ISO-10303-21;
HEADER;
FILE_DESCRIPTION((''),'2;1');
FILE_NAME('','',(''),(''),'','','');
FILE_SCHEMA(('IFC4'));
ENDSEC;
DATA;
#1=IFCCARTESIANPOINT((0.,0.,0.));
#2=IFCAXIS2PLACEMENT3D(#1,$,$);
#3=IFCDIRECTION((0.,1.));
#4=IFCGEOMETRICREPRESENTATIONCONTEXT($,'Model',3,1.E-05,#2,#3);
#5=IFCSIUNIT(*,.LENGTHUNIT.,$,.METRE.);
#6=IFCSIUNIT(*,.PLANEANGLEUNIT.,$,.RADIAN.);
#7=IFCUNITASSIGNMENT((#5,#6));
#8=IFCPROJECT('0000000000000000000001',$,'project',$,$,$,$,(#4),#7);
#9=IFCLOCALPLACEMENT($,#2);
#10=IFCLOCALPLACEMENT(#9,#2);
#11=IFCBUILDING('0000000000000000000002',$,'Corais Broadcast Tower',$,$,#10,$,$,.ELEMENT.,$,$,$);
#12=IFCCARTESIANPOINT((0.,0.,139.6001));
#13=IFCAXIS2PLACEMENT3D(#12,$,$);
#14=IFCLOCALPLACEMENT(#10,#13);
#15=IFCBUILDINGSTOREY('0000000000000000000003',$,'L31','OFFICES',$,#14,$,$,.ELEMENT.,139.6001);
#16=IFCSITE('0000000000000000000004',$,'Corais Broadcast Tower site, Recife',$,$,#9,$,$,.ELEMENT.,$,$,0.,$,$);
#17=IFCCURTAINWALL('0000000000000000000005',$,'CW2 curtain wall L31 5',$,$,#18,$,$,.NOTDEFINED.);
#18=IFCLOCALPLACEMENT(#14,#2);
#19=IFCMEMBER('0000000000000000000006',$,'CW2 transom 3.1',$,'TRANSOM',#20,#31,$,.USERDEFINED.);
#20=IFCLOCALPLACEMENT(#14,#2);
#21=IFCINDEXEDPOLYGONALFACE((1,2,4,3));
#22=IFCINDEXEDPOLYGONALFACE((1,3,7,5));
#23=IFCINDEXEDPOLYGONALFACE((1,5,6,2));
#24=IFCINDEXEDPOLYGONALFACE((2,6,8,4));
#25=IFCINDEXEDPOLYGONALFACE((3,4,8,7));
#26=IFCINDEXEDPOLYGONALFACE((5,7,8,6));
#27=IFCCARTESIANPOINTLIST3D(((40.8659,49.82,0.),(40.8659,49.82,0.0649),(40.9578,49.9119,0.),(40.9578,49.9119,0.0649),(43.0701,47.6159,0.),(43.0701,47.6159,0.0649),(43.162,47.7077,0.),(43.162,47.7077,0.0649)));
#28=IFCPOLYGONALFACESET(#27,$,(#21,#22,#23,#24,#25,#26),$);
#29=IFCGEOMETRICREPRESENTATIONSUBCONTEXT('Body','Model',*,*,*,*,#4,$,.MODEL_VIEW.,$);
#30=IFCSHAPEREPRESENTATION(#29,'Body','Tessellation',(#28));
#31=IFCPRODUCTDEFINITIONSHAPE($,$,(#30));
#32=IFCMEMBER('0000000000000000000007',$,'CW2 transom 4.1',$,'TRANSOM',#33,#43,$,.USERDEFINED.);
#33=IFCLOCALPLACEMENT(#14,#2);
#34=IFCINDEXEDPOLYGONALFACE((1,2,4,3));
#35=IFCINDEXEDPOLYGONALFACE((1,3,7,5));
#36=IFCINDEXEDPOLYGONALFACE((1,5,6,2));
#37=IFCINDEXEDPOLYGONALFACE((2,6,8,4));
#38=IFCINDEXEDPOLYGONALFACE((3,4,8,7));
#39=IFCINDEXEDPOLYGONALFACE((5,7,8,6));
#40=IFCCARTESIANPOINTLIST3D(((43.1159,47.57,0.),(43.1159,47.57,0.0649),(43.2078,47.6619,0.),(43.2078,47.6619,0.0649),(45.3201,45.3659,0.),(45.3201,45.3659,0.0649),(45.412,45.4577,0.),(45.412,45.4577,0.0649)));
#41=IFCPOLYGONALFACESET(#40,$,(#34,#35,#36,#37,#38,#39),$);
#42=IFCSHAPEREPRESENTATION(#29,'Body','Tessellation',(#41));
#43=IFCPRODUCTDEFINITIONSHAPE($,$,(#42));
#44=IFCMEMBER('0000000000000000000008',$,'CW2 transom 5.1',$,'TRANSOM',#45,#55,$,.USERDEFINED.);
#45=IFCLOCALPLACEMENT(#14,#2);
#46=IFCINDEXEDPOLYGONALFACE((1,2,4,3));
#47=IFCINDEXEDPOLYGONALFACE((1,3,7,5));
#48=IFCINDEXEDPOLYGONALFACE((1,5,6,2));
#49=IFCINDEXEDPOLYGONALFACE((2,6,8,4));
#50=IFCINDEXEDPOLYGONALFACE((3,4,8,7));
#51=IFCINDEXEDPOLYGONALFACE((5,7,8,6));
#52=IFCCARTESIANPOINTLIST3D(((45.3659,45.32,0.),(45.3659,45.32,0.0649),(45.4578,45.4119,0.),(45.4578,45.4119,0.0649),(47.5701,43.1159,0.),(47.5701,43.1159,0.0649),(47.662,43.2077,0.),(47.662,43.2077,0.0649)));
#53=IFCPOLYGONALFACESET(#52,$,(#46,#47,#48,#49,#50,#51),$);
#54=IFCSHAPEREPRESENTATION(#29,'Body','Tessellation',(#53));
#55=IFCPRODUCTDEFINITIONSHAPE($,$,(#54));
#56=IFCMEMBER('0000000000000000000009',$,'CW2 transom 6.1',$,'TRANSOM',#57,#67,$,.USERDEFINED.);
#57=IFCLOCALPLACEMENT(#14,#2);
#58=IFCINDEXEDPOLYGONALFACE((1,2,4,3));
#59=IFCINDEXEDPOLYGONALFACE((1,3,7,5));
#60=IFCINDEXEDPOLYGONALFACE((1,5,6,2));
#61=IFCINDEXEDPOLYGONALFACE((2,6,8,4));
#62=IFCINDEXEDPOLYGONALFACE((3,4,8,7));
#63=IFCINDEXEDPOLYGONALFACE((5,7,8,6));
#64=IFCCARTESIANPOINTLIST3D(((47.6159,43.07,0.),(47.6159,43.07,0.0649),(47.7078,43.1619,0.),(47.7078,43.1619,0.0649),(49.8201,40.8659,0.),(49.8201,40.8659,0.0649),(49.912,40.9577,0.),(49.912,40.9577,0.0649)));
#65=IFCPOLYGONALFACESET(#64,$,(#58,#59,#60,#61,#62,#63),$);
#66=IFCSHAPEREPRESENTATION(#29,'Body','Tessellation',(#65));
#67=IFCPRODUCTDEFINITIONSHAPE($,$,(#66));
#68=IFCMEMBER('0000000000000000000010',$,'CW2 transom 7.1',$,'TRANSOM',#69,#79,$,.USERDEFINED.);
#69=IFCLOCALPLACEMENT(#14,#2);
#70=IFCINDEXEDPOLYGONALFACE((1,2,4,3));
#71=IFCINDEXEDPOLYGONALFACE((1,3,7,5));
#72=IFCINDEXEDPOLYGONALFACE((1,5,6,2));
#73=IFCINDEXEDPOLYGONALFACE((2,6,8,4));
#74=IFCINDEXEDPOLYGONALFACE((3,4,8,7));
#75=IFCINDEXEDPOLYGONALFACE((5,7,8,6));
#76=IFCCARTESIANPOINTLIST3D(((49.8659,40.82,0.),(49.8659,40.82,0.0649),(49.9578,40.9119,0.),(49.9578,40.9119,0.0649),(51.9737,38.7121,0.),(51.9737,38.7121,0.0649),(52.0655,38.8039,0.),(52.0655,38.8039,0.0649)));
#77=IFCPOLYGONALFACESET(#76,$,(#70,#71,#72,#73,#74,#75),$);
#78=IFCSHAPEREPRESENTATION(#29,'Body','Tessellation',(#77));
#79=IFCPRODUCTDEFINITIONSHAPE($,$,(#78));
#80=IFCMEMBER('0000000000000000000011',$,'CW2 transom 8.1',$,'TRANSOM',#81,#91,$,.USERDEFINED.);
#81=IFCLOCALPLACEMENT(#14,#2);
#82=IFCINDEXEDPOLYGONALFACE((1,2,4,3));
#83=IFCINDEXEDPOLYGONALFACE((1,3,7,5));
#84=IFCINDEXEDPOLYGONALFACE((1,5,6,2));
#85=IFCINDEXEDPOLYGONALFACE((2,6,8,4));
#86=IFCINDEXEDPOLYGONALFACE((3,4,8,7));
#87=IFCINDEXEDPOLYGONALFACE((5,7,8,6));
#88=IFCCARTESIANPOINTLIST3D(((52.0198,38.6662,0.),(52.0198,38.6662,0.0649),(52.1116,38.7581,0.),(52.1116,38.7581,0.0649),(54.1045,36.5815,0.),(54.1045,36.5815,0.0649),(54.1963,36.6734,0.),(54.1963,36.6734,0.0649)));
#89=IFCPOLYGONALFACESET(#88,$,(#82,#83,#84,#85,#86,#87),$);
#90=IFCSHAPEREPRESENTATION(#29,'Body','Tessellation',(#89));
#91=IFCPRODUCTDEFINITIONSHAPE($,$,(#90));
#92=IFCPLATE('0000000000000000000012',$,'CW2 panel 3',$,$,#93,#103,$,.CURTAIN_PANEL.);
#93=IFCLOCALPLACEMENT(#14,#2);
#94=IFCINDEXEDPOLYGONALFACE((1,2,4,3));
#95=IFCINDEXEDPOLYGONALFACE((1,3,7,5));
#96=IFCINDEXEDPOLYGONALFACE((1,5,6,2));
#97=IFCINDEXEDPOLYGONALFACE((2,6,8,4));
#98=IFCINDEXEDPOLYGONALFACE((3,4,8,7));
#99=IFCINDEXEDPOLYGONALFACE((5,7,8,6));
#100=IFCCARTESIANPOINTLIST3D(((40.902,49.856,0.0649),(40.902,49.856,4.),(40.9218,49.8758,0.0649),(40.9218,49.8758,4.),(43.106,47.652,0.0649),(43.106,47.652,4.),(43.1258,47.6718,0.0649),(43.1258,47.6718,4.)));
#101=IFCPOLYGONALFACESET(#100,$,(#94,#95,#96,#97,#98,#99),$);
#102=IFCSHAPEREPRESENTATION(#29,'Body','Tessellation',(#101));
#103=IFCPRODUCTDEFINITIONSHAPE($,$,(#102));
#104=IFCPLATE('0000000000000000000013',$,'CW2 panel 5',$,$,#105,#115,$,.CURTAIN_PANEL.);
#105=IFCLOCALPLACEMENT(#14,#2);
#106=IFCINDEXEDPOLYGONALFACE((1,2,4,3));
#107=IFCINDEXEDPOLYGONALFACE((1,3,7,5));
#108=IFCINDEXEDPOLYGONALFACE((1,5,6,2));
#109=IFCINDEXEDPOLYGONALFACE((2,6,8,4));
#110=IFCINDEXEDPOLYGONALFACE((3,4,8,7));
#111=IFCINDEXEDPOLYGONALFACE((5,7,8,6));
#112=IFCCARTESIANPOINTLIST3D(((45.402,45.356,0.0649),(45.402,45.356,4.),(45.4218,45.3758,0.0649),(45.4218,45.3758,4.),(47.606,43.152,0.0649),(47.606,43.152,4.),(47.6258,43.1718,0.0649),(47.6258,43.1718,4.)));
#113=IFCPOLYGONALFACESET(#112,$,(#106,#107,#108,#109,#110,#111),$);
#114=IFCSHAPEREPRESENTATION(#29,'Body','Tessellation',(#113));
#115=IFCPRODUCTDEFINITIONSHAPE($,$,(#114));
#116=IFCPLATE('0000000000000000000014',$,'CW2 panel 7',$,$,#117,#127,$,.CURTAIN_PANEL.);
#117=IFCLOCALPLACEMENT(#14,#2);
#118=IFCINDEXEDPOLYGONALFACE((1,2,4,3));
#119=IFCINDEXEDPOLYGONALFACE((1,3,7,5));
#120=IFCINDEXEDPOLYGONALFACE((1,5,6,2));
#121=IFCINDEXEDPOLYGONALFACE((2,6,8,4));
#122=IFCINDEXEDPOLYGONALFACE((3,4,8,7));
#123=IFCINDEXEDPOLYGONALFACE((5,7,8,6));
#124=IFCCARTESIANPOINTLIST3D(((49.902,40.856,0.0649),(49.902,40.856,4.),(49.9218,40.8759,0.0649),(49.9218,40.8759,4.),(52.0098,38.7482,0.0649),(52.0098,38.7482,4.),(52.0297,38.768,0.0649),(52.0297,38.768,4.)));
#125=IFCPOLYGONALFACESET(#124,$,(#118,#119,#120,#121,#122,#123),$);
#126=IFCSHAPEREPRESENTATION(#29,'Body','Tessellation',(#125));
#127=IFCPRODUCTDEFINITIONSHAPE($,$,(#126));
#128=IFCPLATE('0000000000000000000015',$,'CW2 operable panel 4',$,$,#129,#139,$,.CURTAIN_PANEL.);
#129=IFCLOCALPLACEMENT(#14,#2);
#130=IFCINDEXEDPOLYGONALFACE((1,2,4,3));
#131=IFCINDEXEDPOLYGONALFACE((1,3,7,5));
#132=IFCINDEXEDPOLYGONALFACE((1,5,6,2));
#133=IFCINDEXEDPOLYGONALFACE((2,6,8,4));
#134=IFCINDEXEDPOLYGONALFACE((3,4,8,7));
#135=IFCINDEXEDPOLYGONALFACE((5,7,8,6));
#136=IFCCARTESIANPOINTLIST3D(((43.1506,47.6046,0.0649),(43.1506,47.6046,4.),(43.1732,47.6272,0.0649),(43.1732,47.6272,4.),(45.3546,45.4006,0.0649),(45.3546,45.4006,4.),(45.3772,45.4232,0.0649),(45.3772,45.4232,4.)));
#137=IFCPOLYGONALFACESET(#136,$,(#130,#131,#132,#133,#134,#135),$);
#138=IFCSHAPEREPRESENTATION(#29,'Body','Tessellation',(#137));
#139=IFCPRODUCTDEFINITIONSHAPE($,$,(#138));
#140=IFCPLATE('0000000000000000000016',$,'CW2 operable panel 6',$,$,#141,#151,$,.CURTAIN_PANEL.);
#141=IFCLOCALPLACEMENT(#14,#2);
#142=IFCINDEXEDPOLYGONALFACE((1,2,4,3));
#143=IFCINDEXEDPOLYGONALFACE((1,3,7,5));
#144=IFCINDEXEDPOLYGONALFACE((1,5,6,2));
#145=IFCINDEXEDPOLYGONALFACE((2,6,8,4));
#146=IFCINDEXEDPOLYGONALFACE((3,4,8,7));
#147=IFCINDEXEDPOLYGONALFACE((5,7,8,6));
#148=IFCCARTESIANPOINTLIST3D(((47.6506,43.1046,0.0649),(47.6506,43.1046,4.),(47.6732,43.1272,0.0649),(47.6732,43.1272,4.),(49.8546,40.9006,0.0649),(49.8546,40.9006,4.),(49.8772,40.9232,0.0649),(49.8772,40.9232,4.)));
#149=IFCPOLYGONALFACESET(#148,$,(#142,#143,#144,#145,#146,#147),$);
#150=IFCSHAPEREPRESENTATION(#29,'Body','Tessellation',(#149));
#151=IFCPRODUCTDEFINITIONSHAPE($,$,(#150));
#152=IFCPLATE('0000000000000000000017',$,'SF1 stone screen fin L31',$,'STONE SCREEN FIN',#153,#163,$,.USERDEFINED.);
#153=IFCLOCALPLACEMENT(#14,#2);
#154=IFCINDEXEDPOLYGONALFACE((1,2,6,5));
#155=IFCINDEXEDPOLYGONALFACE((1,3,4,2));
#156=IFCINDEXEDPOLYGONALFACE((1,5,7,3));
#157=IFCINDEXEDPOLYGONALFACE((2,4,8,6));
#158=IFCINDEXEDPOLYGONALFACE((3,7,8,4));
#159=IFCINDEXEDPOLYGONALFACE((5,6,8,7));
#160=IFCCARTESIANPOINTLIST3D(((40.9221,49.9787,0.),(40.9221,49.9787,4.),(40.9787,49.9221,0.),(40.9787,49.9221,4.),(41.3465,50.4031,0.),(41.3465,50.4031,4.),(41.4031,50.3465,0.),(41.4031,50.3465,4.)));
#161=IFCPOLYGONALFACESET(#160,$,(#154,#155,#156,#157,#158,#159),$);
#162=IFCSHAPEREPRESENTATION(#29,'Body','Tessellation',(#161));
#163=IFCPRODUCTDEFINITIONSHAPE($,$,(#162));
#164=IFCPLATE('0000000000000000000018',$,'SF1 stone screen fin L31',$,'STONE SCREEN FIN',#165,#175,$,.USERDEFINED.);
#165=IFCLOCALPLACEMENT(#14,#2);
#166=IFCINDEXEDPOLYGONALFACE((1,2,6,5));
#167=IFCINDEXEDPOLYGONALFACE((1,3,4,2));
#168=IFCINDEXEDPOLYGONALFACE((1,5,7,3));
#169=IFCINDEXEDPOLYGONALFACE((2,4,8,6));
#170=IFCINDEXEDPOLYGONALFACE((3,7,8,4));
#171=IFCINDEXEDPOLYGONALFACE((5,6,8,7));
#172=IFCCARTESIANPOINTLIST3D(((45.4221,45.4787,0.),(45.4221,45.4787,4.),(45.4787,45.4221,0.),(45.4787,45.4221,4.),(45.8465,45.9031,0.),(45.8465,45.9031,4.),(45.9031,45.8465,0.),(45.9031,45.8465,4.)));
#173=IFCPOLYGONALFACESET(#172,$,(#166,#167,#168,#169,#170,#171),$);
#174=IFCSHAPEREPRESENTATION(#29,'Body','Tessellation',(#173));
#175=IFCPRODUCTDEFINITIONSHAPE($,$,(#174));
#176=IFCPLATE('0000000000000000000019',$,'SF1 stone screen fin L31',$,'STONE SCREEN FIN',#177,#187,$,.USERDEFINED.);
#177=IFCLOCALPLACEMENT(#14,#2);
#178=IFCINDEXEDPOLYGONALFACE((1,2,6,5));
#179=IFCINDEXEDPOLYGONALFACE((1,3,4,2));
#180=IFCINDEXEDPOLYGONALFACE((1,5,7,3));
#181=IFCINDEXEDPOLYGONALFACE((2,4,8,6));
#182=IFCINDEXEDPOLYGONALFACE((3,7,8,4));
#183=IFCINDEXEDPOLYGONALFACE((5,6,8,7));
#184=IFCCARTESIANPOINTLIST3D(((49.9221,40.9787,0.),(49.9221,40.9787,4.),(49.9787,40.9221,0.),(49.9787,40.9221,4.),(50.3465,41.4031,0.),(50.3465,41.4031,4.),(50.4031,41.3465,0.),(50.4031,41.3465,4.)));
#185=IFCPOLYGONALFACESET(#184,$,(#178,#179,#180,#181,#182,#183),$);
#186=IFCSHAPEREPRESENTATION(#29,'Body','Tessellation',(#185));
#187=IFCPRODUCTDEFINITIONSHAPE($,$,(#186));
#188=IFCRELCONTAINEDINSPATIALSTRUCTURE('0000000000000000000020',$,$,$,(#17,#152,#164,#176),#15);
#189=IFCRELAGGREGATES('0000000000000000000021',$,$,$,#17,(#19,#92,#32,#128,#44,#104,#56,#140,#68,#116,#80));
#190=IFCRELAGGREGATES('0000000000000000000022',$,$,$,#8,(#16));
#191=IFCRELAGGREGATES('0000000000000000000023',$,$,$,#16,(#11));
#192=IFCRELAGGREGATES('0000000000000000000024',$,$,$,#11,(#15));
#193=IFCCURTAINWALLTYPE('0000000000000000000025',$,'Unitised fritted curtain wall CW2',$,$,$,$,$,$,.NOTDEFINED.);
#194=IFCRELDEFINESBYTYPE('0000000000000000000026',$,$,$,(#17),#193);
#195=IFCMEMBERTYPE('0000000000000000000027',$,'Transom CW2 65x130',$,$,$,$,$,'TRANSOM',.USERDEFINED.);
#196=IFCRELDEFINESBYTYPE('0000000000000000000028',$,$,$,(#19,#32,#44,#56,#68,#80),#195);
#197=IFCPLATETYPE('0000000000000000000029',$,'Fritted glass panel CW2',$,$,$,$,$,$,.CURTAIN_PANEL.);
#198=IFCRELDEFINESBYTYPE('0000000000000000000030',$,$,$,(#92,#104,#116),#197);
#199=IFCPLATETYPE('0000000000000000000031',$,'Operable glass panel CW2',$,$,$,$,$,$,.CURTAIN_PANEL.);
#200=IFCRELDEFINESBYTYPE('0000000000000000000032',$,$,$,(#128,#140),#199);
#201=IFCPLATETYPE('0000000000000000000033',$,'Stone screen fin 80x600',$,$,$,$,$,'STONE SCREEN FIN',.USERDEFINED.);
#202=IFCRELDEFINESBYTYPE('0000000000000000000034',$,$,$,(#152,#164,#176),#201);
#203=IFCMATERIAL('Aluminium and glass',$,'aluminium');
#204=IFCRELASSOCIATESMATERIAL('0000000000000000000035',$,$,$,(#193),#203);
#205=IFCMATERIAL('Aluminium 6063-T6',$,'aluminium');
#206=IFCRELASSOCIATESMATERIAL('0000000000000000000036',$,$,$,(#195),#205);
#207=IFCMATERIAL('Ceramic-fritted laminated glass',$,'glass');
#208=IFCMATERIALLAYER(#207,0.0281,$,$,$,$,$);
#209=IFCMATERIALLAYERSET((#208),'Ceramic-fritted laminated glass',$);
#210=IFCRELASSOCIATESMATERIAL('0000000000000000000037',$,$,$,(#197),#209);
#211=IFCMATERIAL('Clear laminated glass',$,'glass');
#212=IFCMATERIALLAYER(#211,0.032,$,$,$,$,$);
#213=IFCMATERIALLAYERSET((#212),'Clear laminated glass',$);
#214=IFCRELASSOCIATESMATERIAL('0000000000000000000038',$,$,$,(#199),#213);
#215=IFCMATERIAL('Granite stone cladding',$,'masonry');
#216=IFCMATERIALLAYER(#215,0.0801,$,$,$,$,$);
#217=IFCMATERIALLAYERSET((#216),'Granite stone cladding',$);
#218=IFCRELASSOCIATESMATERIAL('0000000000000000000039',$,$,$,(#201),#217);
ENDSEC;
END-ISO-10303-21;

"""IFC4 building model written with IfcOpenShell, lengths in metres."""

from ifc_helpers import new_model, si_unit, direction, frame, origin, origin_2d, place, context, subcontext, project, spatial, rectangle, extrude, material, layer, layer_set, material_profile, profile_set, type_object, element, aggregate, save


model = new_model("IFC4")

# Units and contexts
model_context = context("Model", 3, precision=1e-05, world=origin(), true_north=direction((0.0, 1.0)))
body_context = subcontext(model_context, "Body", "Model", "MODEL_VIEW")
ifc_project = project(units=[si_unit("LENGTHUNIT", "METRE"), si_unit("PLANEANGLEUNIT", "RADIAN")], contexts=[model_context])

# Site, building, storey
site_placement = place(None, origin())
site = spatial("IfcSite", under=ifc_project, at=site_placement, Name="Corais Broadcast Tower site, Recife", CompositionType="ELEMENT", RefElevation=0.0)
building_placement = place(site_placement, origin())
building = spatial("IfcBuilding", under=site, at=building_placement, Name="Corais Broadcast Tower", CompositionType="ELEMENT")
storey_placement = place(building_placement, frame((0.0, 0.0, 139.6001)))
storey = spatial("IfcBuildingStorey", under=building, at=storey_placement, Name="L31", Description="OFFICES", CompositionType="ELEMENT", Elevation=139.6001)

# Curtain wall
ifc_material_1 = material(Name="Aluminium and glass", Category="aluminium")
curtain_wall_type = type_object("IfcCurtainWallType", Name="Unitised fritted curtain wall CW2", PredefinedType="NOTDEFINED", material=ifc_material_1)
curtain_wall_placement = place(storey_placement, origin())
curtain_wall = element("IfcCurtainWall", 1, at=curtain_wall_placement, inside=storey, type_object=curtain_wall_type, Name="CW2 curtain wall L31 5", PredefinedType="NOTDEFINED")

# Members
ifc_material_2 = material(Name="Aluminium 6063-T6", Category="aluminium")
ifc_material_profile_1 = material_profile(ifc_material_2, rectangle(XDim=0.1299, YDim=0.0649, at=origin_2d()), Name="Transom CW2 65x130")
ifc_profile_set_1 = profile_set([ifc_material_profile_1], Name="Aluminium 6063-T6")
member_type_1 = type_object("IfcMemberType", Name="Transom CW2 65x130", ElementType="TRANSOM", PredefinedType="USERDEFINED", material=ifc_profile_set_1)
member_1_placement = place(storey_placement, frame((40.9119, 49.866, 0.0325), z_axis=(0.707107, -0.707107, 0.0), x_axis=(0.707107, 0.707107, 0.0)))
member_1 = element("IfcMember", 2, at=member_1_placement, type_object=member_type_1, Name="CW2 transom 3.1", ObjectType="TRANSOM", PredefinedType="USERDEFINED", context=body_context, shape_type="SweptSolid", body=[
    extrude(rectangle(XDim=0.1299, YDim=0.0649, at=origin_2d()), origin(), (0.0, 0.0, 1.0), 3.1172),
])
member_2_placement = place(storey_placement, frame((43.1619, 47.616, 0.0325), z_axis=(0.707107, -0.707107, 0.0), x_axis=(0.707107, 0.707107, 0.0)))
member_2 = element("IfcMember", 3, at=member_2_placement, type_object=member_type_1, Name="CW2 transom 4.1", ObjectType="TRANSOM", PredefinedType="USERDEFINED", context=body_context, shape_type="SweptSolid", body=[
    extrude(rectangle(XDim=0.1299, YDim=0.0649, at=origin_2d()), origin(), (0.0, 0.0, 1.0), 3.1172),
])
member_3_placement = place(storey_placement, frame((45.4119, 45.366, 0.0325), z_axis=(0.707107, -0.707107, 0.0), x_axis=(0.707107, 0.707107, 0.0)))
member_3 = element("IfcMember", 4, at=member_3_placement, type_object=member_type_1, Name="CW2 transom 5.1", ObjectType="TRANSOM", PredefinedType="USERDEFINED", context=body_context, shape_type="SweptSolid", body=[
    extrude(rectangle(XDim=0.1299, YDim=0.0649, at=origin_2d()), origin(), (0.0, 0.0, 1.0), 3.1172),
])
member_4_placement = place(storey_placement, frame((47.6619, 43.116, 0.0325), z_axis=(0.707107, -0.707107, 0.0), x_axis=(0.707107, 0.707107, 0.0)))
member_4 = element("IfcMember", 5, at=member_4_placement, type_object=member_type_1, Name="CW2 transom 6.1", ObjectType="TRANSOM", PredefinedType="USERDEFINED", context=body_context, shape_type="SweptSolid", body=[
    extrude(rectangle(XDim=0.1299, YDim=0.0649, at=origin_2d()), origin(), (0.0, 0.0, 1.0), 3.1172),
])
member_5_placement = place(storey_placement, frame((49.9119, 40.866, 0.0325), z_axis=(0.707066, -0.707148, 0.0), x_axis=(0.707148, 0.707066, 0.0)))
member_5 = element("IfcMember", 6, at=member_5_placement, type_object=member_type_1, Name="CW2 transom 7.1", ObjectType="TRANSOM", PredefinedType="USERDEFINED", context=body_context, shape_type="SweptSolid", body=[
    extrude(rectangle(XDim=0.1299, YDim=0.0649, at=origin_2d()), origin(), (0.0, 0.0, 1.0), 2.981),
])
member_6_placement = place(storey_placement, frame((52.0657, 38.7122, 0.0325), z_axis=(0.707107, -0.707107, 0.0), x_axis=(0.707107, 0.707107, 0.0)))
member_6 = element("IfcMember", 7, at=member_6_placement, type_object=member_type_1, Name="CW2 transom 8.1", ObjectType="TRANSOM", PredefinedType="USERDEFINED", context=body_context, shape_type="SweptSolid", body=[
    extrude(rectangle(XDim=0.1299, YDim=0.0649, at=origin_2d()), origin(), (0.0, 0.0, 1.0), 2.9482),
])

# Plates
ifc_material_3 = material(Name="Ceramic-fritted laminated glass", Category="glass")
ifc_layer_1 = layer(ifc_material_3, 0.0281)
ifc_layer_set_1 = layer_set([ifc_layer_1], Name="Ceramic-fritted laminated glass")
plate_type_1 = type_object("IfcPlateType", Name="Fritted glass panel CW2", PredefinedType="CURTAIN_PANEL", material=ifc_layer_set_1)
plate_1_placement = place(storey_placement, frame((42.0139, 48.7639, 0.0649), z_axis=(0.0, 0.0, 1.0), x_axis=(0.707107, -0.707107, 0.0)))
plate_1 = element("IfcPlate", 8, at=plate_1_placement, type_object=plate_type_1, Name="CW2 panel 3", PredefinedType="CURTAIN_PANEL", context=body_context, shape_type="SweptSolid", body=[
    extrude(rectangle(XDim=3.1169, YDim=0.0281, at=origin_2d()), origin(), (0.0, 0.0, 1.0), 3.9351),
])
plate_2_placement = place(storey_placement, frame((46.5139, 44.2639, 0.0649), z_axis=(0.0, 0.0, 1.0), x_axis=(0.707107, -0.707107, 0.0)))
plate_2 = element("IfcPlate", 9, at=plate_2_placement, type_object=plate_type_1, Name="CW2 panel 5", PredefinedType="CURTAIN_PANEL", context=body_context, shape_type="SweptSolid", body=[
    extrude(rectangle(XDim=3.1169, YDim=0.0281, at=origin_2d()), origin(), (0.0, 0.0, 1.0), 3.9351),
])
plate_3_placement = place(storey_placement, frame((50.9658, 39.812, 0.0649), z_axis=(0.0, 0.0, 1.0), x_axis=(0.707107, -0.707107, 0.0)))
plate_3 = element("IfcPlate", 10, at=plate_3_placement, type_object=plate_type_1, Name="CW2 panel 7", PredefinedType="CURTAIN_PANEL", context=body_context, shape_type="SweptSolid", body=[
    extrude(rectangle(XDim=2.981, YDim=0.0281, at=origin_2d()), origin(), (0.0, 0.0, 1.0), 3.9351),
])
ifc_material_4 = material(Name="Clear laminated glass", Category="glass")
ifc_layer_2 = layer(ifc_material_4, 0.032)
ifc_layer_set_2 = layer_set([ifc_layer_2], Name="Clear laminated glass")
plate_type_2 = type_object("IfcPlateType", Name="Operable glass panel CW2", PredefinedType="CURTAIN_PANEL", material=ifc_layer_set_2)
plate_4_placement = place(storey_placement, frame((44.2639, 46.5139, 0.0649), z_axis=(0.0, 0.0, 1.0), x_axis=(0.707107, -0.707107, 0.0)))
plate_4 = element("IfcPlate", 11, at=plate_4_placement, type_object=plate_type_2, Name="CW2 operable panel 4", PredefinedType="CURTAIN_PANEL", context=body_context, shape_type="SweptSolid", body=[
    extrude(rectangle(XDim=3.1169, YDim=0.032, at=origin_2d()), origin(), (0.0, 0.0, 1.0), 3.9351),
])
plate_5_placement = place(storey_placement, frame((48.7639, 42.0139, 0.0649), z_axis=(0.0, 0.0, 1.0), x_axis=(0.707107, -0.707107, 0.0)))
plate_5 = element("IfcPlate", 12, at=plate_5_placement, type_object=plate_type_2, Name="CW2 operable panel 6", PredefinedType="CURTAIN_PANEL", context=body_context, shape_type="SweptSolid", body=[
    extrude(rectangle(XDim=3.1169, YDim=0.032, at=origin_2d()), origin(), (0.0, 0.0, 1.0), 3.9351),
])
aggregate(curtain_wall, [member_1, plate_1, member_2, plate_4, member_3, plate_2, member_4, plate_5, member_5, plate_3, member_6])

# Plates
ifc_material_5 = material(Name="Granite stone cladding", Category="masonry")
ifc_layer_3 = layer(ifc_material_5, 0.0801)
ifc_layer_set_3 = layer_set([ifc_layer_3], Name="Granite stone cladding")
plate_type_3 = type_object("IfcPlateType", Name="Stone screen fin 80x600", ElementType="STONE SCREEN FIN", PredefinedType="USERDEFINED", material=ifc_layer_set_3)
for number, where, z_axis, x_axis, name in (
    (13, (41.1626, 50.1626, 0.0), (0.0, 0.0, 1.0), (0.707107, -0.707107, 0.0), "SF1 stone screen fin L31"),
    (14, (45.6626, 45.6626, 0.0), (0.0, 0.0, 1.0), (0.707107, -0.707107, 0.0), "SF1 stone screen fin L31"),
    (15, (50.1626, 41.1626, 0.0), (0.0, 0.0, 1.0), (0.707107, -0.707107, 0.0), "SF1 stone screen fin L31"),
):
    element("IfcPlate", number, at=place(storey_placement, frame(where, z_axis=z_axis, x_axis=x_axis)), inside=storey, type_object=plate_type_3, Name=name, ObjectType="STONE SCREEN FIN", PredefinedType="USERDEFINED", context=body_context, shape_type="SweptSolid", body=[
        extrude(rectangle(XDim=0.0801, YDim=0.6001, at=origin_2d()), origin(), (0.0, 0.0, 1.0), 4.0),
    ])

save(model, "model.ifc")
